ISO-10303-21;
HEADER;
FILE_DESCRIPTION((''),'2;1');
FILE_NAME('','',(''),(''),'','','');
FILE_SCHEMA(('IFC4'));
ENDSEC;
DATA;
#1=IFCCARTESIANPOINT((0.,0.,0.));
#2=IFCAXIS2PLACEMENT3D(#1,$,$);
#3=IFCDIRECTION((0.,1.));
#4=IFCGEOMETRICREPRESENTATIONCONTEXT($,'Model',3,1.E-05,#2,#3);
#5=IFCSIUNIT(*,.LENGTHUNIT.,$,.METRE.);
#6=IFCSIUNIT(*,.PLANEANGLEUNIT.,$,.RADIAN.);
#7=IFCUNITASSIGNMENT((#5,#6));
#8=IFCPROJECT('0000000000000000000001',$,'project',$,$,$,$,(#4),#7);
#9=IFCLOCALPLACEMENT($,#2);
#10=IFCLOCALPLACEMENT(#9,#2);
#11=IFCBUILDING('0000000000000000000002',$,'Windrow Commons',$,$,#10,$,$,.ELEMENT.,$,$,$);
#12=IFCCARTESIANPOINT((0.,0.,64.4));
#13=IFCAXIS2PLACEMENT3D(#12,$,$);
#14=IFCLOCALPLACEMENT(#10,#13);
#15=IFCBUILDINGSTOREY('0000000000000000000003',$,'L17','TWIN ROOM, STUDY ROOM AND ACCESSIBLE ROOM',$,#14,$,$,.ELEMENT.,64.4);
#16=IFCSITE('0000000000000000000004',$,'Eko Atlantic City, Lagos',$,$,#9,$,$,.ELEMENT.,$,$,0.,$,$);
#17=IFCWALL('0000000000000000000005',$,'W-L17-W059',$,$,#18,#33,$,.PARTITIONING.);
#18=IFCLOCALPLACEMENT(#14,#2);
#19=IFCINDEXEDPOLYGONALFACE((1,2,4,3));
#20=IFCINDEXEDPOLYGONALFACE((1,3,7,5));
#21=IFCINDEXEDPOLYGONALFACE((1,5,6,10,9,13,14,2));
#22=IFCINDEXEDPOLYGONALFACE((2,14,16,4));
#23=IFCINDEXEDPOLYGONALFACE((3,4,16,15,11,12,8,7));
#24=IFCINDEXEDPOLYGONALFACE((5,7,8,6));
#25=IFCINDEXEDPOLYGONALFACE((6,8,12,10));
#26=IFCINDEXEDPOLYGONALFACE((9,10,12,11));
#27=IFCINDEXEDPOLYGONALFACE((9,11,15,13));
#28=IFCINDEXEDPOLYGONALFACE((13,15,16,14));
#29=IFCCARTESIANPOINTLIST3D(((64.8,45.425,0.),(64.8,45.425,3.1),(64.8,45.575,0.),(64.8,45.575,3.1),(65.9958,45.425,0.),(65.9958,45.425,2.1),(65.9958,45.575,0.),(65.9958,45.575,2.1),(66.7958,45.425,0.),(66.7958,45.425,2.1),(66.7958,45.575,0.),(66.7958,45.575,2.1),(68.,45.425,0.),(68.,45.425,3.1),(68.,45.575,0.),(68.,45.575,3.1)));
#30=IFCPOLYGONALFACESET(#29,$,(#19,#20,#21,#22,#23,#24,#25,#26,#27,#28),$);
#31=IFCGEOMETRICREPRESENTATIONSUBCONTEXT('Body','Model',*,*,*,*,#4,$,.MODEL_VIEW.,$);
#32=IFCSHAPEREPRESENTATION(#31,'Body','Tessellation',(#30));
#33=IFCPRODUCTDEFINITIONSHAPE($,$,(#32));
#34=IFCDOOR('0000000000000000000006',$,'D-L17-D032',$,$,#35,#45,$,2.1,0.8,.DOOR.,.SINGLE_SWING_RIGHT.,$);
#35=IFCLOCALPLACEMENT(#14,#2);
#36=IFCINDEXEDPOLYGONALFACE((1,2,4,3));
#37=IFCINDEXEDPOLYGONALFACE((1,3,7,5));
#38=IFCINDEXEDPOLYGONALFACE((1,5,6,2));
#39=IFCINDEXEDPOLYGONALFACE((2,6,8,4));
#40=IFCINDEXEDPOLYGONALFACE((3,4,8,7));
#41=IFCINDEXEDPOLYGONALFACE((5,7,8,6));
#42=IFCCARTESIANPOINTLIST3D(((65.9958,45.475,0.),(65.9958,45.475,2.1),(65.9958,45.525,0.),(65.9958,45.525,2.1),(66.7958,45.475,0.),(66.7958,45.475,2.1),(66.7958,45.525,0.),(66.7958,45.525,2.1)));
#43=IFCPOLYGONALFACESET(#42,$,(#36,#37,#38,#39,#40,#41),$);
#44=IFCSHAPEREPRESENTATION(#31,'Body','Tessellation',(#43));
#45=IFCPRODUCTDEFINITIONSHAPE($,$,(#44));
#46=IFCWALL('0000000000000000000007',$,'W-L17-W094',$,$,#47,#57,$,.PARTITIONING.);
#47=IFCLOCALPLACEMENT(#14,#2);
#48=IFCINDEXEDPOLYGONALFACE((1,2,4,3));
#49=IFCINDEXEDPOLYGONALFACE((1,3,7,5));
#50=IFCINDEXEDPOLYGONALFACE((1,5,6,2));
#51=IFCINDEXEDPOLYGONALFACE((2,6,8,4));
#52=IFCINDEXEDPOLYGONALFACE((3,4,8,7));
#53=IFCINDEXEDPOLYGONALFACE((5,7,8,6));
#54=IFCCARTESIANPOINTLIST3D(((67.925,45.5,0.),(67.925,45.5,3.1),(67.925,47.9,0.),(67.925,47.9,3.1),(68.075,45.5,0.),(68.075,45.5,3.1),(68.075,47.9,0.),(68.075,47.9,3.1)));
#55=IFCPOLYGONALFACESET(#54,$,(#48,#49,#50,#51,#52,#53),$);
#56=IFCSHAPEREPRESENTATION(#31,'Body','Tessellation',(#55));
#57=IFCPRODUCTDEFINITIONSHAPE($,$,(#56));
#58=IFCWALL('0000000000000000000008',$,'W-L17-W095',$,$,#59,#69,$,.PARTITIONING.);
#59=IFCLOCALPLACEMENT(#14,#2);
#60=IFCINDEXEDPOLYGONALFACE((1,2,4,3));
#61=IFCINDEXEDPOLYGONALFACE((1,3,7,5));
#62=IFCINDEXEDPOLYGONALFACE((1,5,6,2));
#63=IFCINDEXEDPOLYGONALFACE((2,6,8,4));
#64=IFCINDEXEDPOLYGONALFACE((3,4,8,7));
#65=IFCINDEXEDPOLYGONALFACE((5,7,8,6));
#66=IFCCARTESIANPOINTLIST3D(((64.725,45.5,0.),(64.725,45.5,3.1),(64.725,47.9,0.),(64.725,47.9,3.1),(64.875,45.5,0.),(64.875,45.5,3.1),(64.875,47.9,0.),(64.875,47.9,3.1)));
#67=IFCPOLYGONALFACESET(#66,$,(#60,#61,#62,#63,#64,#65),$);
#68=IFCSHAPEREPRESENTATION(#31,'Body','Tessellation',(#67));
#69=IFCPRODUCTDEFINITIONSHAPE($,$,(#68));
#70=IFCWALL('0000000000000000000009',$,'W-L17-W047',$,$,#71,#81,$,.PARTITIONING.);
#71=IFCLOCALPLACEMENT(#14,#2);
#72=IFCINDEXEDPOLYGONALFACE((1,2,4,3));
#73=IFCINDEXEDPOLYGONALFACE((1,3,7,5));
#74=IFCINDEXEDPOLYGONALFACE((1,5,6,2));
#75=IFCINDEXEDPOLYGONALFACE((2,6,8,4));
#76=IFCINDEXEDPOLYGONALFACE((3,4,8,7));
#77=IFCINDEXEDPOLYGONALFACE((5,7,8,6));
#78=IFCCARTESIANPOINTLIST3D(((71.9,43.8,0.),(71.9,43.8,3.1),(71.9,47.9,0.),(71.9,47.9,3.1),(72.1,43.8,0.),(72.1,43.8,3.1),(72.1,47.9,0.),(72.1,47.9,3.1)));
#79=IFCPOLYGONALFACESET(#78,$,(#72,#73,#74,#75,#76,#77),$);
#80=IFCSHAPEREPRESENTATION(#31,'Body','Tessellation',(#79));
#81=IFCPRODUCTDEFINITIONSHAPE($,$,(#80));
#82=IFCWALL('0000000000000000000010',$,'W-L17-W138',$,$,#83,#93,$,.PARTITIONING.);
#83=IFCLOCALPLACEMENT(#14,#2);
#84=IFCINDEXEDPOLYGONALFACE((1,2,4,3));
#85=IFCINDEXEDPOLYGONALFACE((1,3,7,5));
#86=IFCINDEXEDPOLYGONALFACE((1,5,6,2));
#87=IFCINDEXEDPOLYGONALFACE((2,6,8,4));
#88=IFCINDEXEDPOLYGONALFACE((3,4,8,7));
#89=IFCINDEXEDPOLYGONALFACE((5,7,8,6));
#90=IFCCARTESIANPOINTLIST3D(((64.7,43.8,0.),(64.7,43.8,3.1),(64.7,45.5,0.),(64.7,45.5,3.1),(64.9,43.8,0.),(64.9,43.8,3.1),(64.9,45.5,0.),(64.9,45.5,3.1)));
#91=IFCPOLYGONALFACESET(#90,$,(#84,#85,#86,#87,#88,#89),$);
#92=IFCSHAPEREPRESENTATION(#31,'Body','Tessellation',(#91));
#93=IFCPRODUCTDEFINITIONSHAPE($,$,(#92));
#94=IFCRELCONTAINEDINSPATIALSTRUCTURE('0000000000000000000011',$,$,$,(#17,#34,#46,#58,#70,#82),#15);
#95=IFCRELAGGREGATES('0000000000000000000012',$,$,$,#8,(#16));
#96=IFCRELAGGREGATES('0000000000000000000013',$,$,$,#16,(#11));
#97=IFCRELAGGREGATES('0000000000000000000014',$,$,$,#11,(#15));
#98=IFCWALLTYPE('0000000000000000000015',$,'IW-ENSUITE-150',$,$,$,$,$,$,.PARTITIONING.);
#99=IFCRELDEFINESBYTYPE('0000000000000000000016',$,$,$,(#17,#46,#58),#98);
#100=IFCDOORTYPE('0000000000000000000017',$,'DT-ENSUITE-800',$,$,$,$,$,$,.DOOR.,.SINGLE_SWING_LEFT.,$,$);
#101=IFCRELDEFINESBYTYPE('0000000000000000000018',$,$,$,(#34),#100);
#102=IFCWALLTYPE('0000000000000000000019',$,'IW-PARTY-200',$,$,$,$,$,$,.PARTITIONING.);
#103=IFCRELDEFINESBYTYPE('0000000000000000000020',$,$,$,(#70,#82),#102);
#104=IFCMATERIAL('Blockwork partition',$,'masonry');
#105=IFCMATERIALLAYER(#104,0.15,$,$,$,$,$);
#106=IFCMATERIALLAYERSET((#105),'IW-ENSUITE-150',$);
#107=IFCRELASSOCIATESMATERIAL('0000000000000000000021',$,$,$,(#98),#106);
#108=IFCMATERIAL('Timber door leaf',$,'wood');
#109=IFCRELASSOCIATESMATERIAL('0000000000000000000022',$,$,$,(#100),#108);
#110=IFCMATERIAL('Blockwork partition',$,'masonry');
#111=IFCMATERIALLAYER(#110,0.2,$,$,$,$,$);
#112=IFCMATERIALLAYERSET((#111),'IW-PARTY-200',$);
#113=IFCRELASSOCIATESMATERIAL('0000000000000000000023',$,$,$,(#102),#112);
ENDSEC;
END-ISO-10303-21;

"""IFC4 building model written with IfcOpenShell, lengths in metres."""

from ifc_helpers import new_model, si_unit, direction, frame, frame_2d, origin, place, context, subcontext, project, spatial, rectangle, extrude, material, layer, layer_set, type_object, element, fill, save


model = new_model("IFC4")

# Units and contexts
model_context = context("Model", 3, precision=1e-05, world=origin(), true_north=direction((0.0, 1.0)))
body_context = subcontext(model_context, "Body", "Model", "MODEL_VIEW")
ifc_project = project(units=[si_unit("LENGTHUNIT", "METRE"), si_unit("PLANEANGLEUNIT", "RADIAN")], contexts=[model_context])

# Site, building, storey
site_placement = place(None, origin())
site = spatial("IfcSite", under=ifc_project, at=site_placement, Name="Eko Atlantic City, Lagos", CompositionType="ELEMENT", RefElevation=0.0)
building_placement = place(site_placement, origin())
building = spatial("IfcBuilding", under=site, at=building_placement, Name="Windrow Commons", CompositionType="ELEMENT")
storey_placement = place(building_placement, frame((0.0, 0.0, 64.4)))
storey = spatial("IfcBuildingStorey", under=building, at=storey_placement, Name="L17", Description="TWIN ROOM, STUDY ROOM AND ACCESSIBLE ROOM", CompositionType="ELEMENT", Elevation=64.4)

# Wall, opening, door
ifc_material_1 = material(Name="Blockwork partition", Category="masonry")
ifc_layer_1 = layer(ifc_material_1, 0.15)
ifc_layer_set_1 = layer_set([ifc_layer_1], Name="IW-ENSUITE-150")
wall_type_1 = type_object("IfcWallType", Name="IW-ENSUITE-150", PredefinedType="PARTITIONING", material=ifc_layer_set_1)
wall_1_placement = place(storey_placement, frame((64.8, 45.5, 0.0), z_axis=(0.0, 0.0, 1.0), x_axis=(1.0, 0.0, 0.0)))
wall_1 = element("IfcWall", 1, at=wall_1_placement, inside=storey, type_object=wall_type_1, Name="W-L17-W059", PredefinedType="PARTITIONING", context=body_context, shape_type="SweptSolid", body=[
    extrude(rectangle(XDim=3.2, YDim=0.15, at=frame_2d((1.6, 0.0))), origin(), (0.0, 0.0, 1.0), 3.1),
])
opening_1_placement = place(wall_1_placement, frame((1.1958, 0.0, 0.0)))
opening_1 = element("IfcOpeningElement", 2, at=opening_1_placement, cuts=wall_1, PredefinedType="OPENING", context=body_context, shape_type="SweptSolid", body=[
    extrude(rectangle(XDim=0.8, YDim=2.1, at=frame_2d((0.4, 1.05))), frame((0.0, 0.085, 0.0), z_axis=(0.0, -1.0, 0.0), x_axis=(1.0, 0.0, 0.0)), (0.0, 0.0, 1.0), 0.17),
])
ifc_material_2 = material(Name="Timber door leaf", Category="wood")
door_type_1 = type_object("IfcDoorType", Name="DT-ENSUITE-800", OperationType="SINGLE_SWING_LEFT", PredefinedType="DOOR", material=ifc_material_2)
door_1_placement = place(opening_1_placement, origin())
door_1 = element("IfcDoor", 3, at=door_1_placement, inside=storey, type_object=door_type_1, Name="D-L17-D032", OperationType="SINGLE_SWING_RIGHT", OverallHeight=2.1, OverallWidth=0.8, PredefinedType="DOOR", context=body_context, shape_type="SweptSolid", body=[
    extrude(rectangle(XDim=0.8, YDim=2.1, at=frame_2d((0.4, 1.05))), frame((0.0, 0.025, 0.0), z_axis=(0.0, -1.0, 0.0), x_axis=(1.0, 0.0, 0.0)), (0.0, 0.0, 1.0), 0.05),
])
fill(opening_1, door_1)

# Walls
for number, where, z_axis, x_axis, name in (
    (4, (68.0, 45.5, 0.0), (0.0, 0.0, 1.0), (0.0, 1.0, 0.0), "W-L17-W094"),
    (5, (64.8, 45.5, 0.0), (0.0, 0.0, 1.0), (0.0, 1.0, 0.0), "W-L17-W095"),
):
    element("IfcWall", number, at=place(storey_placement, frame(where, z_axis=z_axis, x_axis=x_axis)), inside=storey, type_object=wall_type_1, Name=name, PredefinedType="PARTITIONING", context=body_context, shape_type="SweptSolid", body=[
        extrude(rectangle(XDim=2.4, YDim=0.15, at=frame_2d((1.2, 0.0))), origin(), (0.0, 0.0, 1.0), 3.1),
    ])
ifc_material_3 = material(Name="Blockwork partition", Category="masonry")
ifc_layer_2 = layer(ifc_material_3, 0.2)
ifc_layer_set_2 = layer_set([ifc_layer_2], Name="IW-PARTY-200")
wall_type_2 = type_object("IfcWallType", Name="IW-PARTY-200", PredefinedType="PARTITIONING", material=ifc_layer_set_2)
wall_2_placement = place(storey_placement, frame((72.0, 43.8, 0.0), z_axis=(0.0, 0.0, 1.0), x_axis=(0.0, 1.0, 0.0)))
element("IfcWall", 6, at=wall_2_placement, inside=storey, type_object=wall_type_2, Name="W-L17-W047", PredefinedType="PARTITIONING", context=body_context, shape_type="SweptSolid", body=[
    extrude(rectangle(XDim=4.1, YDim=0.2, at=frame_2d((2.05, 0.0))), origin(), (0.0, 0.0, 1.0), 3.1),
])
wall_3_placement = place(storey_placement, frame((64.8, 43.8, 0.0), z_axis=(0.0, 0.0, 1.0), x_axis=(0.0, 1.0, 0.0)))
element("IfcWall", 7, at=wall_3_placement, inside=storey, type_object=wall_type_2, Name="W-L17-W138", PredefinedType="PARTITIONING", context=body_context, shape_type="SweptSolid", body=[
    extrude(rectangle(XDim=1.7, YDim=0.2, at=frame_2d((0.85, 0.0))), origin(), (0.0, 0.0, 1.0), 3.1),
])

save(model, "model.ifc")
